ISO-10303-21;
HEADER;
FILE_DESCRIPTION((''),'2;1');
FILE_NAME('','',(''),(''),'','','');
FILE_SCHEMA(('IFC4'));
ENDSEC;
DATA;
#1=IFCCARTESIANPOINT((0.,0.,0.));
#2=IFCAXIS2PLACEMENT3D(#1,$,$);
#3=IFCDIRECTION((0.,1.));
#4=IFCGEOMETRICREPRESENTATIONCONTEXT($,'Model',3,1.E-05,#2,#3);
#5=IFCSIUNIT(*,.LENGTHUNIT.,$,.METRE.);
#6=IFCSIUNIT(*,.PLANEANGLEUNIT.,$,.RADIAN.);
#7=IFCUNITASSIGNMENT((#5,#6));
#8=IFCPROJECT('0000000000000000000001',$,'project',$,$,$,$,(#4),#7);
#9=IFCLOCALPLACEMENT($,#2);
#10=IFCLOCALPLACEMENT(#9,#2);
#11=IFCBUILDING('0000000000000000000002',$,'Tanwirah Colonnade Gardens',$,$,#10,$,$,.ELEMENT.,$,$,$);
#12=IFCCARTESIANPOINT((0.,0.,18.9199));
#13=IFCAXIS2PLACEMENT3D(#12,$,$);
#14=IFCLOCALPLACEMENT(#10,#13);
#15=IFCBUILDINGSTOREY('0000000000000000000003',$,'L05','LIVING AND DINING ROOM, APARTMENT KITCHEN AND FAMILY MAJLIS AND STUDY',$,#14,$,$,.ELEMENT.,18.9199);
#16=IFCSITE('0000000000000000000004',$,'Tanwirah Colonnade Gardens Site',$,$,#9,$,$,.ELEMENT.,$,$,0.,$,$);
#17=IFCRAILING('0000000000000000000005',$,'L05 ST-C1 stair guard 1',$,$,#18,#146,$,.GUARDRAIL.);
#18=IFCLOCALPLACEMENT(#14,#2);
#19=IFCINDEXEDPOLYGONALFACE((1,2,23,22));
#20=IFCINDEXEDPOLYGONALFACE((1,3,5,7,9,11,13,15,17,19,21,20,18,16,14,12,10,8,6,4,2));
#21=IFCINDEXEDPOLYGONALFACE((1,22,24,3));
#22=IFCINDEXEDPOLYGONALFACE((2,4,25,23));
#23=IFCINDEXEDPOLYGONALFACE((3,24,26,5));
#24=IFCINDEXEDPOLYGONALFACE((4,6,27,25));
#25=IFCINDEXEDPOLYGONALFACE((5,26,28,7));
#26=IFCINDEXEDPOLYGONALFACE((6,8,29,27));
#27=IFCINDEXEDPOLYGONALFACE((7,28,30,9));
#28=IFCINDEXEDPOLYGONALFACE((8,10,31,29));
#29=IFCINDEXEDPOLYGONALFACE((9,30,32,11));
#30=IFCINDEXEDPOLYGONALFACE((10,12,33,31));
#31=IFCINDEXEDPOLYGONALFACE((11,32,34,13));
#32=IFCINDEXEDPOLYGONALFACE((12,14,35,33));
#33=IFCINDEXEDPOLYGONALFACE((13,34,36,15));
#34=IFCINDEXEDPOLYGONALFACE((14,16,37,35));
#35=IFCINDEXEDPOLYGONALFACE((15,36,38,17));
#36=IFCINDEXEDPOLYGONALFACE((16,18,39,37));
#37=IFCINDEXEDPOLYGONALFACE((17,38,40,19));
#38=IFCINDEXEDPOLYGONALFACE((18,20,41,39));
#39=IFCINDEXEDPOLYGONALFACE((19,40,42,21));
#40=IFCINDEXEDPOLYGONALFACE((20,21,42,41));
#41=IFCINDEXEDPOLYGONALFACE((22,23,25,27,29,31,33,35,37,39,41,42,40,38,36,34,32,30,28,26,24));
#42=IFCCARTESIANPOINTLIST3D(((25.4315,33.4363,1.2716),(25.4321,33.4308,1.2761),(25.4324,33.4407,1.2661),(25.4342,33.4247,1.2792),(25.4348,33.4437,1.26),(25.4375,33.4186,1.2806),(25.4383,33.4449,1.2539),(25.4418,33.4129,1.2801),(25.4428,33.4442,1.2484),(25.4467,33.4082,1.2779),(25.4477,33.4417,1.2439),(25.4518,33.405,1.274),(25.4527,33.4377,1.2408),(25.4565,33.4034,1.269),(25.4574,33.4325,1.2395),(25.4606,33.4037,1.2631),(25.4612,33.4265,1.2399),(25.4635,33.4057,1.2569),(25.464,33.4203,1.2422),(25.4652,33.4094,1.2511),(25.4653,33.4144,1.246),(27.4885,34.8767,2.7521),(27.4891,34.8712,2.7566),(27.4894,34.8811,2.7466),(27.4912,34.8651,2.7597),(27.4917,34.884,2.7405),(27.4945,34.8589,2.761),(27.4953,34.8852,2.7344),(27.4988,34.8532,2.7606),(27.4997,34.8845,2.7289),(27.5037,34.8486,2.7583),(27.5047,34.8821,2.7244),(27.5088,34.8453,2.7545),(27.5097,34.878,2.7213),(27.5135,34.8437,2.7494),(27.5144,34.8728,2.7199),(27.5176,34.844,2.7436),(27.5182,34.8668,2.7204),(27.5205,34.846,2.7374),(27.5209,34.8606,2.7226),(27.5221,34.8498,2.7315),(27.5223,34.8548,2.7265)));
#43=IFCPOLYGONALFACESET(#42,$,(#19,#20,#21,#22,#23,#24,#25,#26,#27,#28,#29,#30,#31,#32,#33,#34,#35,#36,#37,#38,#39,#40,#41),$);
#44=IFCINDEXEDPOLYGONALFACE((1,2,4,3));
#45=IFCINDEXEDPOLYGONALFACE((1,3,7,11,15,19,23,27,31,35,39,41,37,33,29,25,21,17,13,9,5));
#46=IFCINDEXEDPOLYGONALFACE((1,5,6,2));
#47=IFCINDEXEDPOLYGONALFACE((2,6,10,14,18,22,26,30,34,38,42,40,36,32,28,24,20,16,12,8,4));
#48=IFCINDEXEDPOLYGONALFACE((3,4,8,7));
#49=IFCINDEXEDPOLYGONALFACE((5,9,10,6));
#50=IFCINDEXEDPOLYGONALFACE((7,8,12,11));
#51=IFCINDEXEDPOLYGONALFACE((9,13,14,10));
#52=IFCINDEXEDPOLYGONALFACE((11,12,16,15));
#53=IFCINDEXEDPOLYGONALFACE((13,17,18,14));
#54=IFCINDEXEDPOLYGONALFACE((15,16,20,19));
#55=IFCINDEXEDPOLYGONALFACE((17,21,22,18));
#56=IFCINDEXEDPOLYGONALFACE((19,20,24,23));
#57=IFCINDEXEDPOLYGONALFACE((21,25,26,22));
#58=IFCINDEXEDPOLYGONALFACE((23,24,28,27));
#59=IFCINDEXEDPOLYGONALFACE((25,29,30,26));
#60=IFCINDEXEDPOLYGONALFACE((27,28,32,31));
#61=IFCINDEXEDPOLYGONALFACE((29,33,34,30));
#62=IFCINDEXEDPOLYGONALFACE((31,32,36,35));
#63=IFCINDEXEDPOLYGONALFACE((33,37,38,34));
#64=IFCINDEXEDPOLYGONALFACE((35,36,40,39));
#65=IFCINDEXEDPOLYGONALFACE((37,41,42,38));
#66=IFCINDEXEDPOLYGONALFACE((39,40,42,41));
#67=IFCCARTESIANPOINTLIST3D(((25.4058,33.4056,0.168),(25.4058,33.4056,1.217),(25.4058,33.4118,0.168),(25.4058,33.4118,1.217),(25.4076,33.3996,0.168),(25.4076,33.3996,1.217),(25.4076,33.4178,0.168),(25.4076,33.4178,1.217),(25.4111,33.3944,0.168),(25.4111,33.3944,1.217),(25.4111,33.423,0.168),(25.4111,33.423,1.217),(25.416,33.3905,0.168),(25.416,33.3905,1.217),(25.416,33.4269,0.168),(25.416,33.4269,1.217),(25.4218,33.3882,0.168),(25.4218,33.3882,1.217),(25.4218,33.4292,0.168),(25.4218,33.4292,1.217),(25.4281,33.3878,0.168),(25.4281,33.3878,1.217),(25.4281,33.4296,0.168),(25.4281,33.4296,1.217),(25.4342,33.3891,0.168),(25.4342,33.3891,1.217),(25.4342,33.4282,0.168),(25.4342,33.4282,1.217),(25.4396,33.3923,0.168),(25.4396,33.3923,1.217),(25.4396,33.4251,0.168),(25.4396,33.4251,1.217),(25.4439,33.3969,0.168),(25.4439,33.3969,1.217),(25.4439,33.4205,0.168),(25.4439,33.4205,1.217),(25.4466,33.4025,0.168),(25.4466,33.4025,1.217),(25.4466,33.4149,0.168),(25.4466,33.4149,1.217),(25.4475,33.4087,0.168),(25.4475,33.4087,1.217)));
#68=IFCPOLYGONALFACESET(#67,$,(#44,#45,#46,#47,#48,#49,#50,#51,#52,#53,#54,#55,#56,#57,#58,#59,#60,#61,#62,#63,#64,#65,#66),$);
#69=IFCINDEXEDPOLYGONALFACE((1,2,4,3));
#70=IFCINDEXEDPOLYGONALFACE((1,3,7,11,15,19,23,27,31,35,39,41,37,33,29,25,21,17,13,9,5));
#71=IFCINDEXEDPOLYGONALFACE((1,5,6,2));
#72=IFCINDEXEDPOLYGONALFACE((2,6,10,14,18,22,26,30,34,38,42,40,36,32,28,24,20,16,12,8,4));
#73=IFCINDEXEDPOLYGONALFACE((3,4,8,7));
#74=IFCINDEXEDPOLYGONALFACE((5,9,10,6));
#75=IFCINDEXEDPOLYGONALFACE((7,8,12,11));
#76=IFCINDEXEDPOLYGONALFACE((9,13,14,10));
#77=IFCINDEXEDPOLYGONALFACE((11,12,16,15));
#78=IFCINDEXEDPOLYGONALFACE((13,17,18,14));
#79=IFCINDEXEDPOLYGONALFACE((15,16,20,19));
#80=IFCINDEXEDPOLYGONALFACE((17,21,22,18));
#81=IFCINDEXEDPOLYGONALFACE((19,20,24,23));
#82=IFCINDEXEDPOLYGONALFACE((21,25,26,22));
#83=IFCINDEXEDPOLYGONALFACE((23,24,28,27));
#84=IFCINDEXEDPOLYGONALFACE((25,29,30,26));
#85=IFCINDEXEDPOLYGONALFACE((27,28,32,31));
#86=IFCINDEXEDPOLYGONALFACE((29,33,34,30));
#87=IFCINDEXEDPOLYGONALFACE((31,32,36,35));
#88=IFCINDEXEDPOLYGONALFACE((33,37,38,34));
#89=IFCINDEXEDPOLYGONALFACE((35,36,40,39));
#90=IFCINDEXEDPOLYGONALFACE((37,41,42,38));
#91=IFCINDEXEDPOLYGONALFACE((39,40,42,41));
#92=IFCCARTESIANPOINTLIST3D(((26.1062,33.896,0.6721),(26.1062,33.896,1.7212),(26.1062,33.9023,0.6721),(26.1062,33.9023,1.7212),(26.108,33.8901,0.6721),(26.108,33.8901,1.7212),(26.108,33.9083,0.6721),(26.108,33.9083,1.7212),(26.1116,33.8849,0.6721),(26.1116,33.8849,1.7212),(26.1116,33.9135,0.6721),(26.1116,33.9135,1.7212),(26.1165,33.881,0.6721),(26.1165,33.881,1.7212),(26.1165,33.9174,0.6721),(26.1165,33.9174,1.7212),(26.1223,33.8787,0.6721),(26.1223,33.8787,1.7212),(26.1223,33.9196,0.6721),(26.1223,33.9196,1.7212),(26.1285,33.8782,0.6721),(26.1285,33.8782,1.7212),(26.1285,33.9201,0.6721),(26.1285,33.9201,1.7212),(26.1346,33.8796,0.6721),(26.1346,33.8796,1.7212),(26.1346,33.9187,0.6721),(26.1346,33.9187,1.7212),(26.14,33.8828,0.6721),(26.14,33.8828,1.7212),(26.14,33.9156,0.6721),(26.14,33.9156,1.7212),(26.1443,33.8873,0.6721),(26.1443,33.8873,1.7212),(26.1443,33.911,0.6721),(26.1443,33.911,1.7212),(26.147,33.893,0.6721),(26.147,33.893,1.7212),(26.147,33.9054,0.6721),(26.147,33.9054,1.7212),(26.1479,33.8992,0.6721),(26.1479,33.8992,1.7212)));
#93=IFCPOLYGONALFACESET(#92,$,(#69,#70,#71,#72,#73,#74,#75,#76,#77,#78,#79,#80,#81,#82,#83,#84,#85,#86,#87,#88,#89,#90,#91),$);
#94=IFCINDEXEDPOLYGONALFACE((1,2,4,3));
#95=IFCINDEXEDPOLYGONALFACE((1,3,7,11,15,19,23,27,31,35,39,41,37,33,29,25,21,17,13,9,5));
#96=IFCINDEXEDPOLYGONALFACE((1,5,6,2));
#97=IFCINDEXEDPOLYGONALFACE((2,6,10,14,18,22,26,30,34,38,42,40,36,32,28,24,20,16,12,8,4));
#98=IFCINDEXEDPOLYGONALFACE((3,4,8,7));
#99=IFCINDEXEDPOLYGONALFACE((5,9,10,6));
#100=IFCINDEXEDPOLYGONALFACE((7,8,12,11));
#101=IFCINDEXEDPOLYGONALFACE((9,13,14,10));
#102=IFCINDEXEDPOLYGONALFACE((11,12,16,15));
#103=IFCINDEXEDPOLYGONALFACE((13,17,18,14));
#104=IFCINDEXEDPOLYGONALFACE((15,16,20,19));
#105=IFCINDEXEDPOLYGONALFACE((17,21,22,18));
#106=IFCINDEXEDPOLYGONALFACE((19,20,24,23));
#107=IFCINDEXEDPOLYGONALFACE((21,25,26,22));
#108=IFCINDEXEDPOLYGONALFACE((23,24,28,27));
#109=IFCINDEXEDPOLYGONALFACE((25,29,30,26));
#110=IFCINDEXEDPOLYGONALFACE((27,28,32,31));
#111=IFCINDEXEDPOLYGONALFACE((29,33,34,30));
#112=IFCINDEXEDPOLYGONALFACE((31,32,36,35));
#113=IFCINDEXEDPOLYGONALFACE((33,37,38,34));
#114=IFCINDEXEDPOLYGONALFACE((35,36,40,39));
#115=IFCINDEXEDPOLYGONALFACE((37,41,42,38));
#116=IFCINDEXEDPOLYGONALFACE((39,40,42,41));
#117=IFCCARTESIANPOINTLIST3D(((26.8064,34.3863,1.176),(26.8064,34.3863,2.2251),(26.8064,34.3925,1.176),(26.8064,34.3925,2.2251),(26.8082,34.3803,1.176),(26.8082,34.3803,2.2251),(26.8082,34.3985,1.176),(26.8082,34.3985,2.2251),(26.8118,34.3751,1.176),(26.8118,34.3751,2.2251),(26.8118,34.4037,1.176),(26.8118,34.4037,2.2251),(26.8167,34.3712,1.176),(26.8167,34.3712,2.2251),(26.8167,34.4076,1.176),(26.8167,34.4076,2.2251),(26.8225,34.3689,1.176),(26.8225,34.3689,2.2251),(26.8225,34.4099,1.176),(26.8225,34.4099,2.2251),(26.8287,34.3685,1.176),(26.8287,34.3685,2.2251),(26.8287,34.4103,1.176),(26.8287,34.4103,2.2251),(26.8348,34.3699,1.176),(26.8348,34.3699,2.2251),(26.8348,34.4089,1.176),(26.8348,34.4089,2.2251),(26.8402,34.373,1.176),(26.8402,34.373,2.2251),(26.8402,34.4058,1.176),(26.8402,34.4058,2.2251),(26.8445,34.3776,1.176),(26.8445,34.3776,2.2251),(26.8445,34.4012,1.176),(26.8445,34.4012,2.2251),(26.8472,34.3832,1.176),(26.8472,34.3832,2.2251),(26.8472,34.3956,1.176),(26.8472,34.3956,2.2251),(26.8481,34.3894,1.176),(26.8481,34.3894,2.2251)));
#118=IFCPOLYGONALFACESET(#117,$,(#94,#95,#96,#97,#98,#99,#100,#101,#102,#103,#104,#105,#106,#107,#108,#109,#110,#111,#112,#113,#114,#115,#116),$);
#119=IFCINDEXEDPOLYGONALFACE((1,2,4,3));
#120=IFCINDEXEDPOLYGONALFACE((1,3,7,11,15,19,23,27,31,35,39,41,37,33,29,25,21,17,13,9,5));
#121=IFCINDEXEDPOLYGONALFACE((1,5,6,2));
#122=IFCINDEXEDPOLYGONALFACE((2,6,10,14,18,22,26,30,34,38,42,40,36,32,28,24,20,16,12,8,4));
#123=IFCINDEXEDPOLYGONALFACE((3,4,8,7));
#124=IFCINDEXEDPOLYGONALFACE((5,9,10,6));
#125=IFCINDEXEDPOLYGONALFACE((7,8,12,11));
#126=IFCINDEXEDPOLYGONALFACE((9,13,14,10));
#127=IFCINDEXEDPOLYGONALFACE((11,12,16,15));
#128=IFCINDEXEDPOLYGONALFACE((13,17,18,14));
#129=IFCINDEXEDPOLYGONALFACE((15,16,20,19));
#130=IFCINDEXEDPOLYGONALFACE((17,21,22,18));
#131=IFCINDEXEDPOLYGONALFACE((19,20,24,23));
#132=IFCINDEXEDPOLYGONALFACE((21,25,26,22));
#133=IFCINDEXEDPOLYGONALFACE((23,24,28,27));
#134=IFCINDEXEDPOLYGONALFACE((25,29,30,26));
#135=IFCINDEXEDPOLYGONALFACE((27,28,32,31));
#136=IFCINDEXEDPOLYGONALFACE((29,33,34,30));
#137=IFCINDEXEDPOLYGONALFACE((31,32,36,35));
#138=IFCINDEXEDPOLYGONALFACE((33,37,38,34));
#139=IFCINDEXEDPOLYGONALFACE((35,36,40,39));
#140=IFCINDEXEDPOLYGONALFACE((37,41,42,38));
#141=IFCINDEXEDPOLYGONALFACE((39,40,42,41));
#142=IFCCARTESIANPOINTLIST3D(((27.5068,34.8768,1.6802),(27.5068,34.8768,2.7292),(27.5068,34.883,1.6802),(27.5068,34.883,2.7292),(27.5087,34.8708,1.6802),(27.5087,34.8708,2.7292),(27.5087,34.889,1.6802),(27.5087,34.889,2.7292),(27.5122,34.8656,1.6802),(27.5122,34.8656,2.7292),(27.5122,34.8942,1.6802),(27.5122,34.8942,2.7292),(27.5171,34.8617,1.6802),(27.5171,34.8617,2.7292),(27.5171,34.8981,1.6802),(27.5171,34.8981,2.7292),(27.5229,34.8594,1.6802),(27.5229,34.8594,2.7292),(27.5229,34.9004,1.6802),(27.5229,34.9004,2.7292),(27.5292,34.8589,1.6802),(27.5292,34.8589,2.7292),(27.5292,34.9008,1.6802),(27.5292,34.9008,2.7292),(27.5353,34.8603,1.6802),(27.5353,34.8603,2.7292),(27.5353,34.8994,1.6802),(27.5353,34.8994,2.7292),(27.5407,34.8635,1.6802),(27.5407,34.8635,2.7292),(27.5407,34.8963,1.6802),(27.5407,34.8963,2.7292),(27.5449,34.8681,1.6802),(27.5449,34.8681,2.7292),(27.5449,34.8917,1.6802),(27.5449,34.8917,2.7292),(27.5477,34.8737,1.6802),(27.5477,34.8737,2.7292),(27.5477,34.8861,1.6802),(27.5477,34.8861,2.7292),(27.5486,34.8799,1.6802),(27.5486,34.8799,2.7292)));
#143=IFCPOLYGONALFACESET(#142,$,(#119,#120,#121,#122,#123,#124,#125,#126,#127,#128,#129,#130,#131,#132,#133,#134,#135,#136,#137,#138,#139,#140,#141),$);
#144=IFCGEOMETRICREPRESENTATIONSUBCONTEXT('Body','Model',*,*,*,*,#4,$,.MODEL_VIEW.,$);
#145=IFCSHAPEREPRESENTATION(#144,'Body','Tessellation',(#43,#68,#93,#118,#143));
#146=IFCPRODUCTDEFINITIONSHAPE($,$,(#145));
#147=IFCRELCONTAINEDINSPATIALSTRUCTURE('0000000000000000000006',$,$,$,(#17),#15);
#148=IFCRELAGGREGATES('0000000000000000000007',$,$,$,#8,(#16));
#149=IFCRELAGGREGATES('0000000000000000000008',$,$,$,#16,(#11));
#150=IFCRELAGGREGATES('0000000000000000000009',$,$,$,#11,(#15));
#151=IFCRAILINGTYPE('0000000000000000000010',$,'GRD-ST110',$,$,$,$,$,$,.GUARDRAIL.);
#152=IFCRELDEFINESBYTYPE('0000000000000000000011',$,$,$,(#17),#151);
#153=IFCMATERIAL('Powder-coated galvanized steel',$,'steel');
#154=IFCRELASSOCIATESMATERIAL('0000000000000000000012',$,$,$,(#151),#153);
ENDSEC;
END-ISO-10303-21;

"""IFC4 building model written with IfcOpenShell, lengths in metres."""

from ifc_helpers import new_model, si_unit, direction, frame, origin, origin_2d, place, context, subcontext, project, spatial, circle, extrude, material, type_object, element, save


model = new_model("IFC4")

# Units and contexts
model_context = context("Model", 3, precision=1e-05, world=origin(), true_north=direction((0.0, 1.0)))
body_context = subcontext(model_context, "Body", "Model", "MODEL_VIEW")
ifc_project = project(units=[si_unit("LENGTHUNIT", "METRE"), si_unit("PLANEANGLEUNIT", "RADIAN")], contexts=[model_context])

# Site, building, storey
site_placement = place(None, origin())
site = spatial("IfcSite", under=ifc_project, at=site_placement, Name="Tanwirah Colonnade Gardens Site", CompositionType="ELEMENT", RefElevation=0.0)
building_placement = place(site_placement, origin())
building = spatial("IfcBuilding", under=site, at=building_placement, Name="Tanwirah Colonnade Gardens", CompositionType="ELEMENT")
storey_placement = place(building_placement, frame((0.0, 0.0, 18.9199)))
storey = spatial("IfcBuildingStorey", under=building, at=storey_placement, Name="L05", Description="LIVING AND DINING ROOM, APARTMENT KITCHEN AND FAMILY MAJLIS AND STUDY", CompositionType="ELEMENT", Elevation=18.9199)

# Railing
ifc_material_1 = material(Name="Powder-coated galvanized steel", Category="steel")
railing_type_1 = type_object("IfcRailingType", Name="GRD-ST110", PredefinedType="GUARDRAIL", material=ifc_material_1)
railing_1_placement = place(storey_placement, frame((25.4265, 33.4087, 0.168)))
element("IfcRailing", 1, at=railing_1_placement, inside=storey, type_object=railing_type_1, Name="L05 ST-C1 stair guard 1", PredefinedType="GUARDRAIL", context=body_context, shape_type="SweptSolid", body=[
    extrude(circle(Radius=0.0239, at=origin_2d()), frame((0.022, 0.0154, 1.092), z_axis=(0.705643, 0.494098, 0.507873), x_axis=(-0.573577, 0.819151, 0.0)), (0.0, 0.0, 1.0), 2.915),
    extrude(circle(Radius=0.021, at=origin_2d()), origin(), (0.0, 0.0, 1.0), 1.0491),
    extrude(circle(Radius=0.021, at=origin_2d()), frame((0.7004, 0.4905, 0.5042)), (0.0, 0.0, 1.0), 1.0491),
    extrude(circle(Radius=0.021, at=origin_2d()), frame((1.4006, 0.9807, 1.0081)), (0.0, 0.0, 1.0), 1.0491),
    extrude(circle(Radius=0.021, at=origin_2d()), frame((2.1011, 1.4712, 1.5122)), (0.0, 0.0, 1.0), 1.0491),
])

save(model, "model.ifc")
